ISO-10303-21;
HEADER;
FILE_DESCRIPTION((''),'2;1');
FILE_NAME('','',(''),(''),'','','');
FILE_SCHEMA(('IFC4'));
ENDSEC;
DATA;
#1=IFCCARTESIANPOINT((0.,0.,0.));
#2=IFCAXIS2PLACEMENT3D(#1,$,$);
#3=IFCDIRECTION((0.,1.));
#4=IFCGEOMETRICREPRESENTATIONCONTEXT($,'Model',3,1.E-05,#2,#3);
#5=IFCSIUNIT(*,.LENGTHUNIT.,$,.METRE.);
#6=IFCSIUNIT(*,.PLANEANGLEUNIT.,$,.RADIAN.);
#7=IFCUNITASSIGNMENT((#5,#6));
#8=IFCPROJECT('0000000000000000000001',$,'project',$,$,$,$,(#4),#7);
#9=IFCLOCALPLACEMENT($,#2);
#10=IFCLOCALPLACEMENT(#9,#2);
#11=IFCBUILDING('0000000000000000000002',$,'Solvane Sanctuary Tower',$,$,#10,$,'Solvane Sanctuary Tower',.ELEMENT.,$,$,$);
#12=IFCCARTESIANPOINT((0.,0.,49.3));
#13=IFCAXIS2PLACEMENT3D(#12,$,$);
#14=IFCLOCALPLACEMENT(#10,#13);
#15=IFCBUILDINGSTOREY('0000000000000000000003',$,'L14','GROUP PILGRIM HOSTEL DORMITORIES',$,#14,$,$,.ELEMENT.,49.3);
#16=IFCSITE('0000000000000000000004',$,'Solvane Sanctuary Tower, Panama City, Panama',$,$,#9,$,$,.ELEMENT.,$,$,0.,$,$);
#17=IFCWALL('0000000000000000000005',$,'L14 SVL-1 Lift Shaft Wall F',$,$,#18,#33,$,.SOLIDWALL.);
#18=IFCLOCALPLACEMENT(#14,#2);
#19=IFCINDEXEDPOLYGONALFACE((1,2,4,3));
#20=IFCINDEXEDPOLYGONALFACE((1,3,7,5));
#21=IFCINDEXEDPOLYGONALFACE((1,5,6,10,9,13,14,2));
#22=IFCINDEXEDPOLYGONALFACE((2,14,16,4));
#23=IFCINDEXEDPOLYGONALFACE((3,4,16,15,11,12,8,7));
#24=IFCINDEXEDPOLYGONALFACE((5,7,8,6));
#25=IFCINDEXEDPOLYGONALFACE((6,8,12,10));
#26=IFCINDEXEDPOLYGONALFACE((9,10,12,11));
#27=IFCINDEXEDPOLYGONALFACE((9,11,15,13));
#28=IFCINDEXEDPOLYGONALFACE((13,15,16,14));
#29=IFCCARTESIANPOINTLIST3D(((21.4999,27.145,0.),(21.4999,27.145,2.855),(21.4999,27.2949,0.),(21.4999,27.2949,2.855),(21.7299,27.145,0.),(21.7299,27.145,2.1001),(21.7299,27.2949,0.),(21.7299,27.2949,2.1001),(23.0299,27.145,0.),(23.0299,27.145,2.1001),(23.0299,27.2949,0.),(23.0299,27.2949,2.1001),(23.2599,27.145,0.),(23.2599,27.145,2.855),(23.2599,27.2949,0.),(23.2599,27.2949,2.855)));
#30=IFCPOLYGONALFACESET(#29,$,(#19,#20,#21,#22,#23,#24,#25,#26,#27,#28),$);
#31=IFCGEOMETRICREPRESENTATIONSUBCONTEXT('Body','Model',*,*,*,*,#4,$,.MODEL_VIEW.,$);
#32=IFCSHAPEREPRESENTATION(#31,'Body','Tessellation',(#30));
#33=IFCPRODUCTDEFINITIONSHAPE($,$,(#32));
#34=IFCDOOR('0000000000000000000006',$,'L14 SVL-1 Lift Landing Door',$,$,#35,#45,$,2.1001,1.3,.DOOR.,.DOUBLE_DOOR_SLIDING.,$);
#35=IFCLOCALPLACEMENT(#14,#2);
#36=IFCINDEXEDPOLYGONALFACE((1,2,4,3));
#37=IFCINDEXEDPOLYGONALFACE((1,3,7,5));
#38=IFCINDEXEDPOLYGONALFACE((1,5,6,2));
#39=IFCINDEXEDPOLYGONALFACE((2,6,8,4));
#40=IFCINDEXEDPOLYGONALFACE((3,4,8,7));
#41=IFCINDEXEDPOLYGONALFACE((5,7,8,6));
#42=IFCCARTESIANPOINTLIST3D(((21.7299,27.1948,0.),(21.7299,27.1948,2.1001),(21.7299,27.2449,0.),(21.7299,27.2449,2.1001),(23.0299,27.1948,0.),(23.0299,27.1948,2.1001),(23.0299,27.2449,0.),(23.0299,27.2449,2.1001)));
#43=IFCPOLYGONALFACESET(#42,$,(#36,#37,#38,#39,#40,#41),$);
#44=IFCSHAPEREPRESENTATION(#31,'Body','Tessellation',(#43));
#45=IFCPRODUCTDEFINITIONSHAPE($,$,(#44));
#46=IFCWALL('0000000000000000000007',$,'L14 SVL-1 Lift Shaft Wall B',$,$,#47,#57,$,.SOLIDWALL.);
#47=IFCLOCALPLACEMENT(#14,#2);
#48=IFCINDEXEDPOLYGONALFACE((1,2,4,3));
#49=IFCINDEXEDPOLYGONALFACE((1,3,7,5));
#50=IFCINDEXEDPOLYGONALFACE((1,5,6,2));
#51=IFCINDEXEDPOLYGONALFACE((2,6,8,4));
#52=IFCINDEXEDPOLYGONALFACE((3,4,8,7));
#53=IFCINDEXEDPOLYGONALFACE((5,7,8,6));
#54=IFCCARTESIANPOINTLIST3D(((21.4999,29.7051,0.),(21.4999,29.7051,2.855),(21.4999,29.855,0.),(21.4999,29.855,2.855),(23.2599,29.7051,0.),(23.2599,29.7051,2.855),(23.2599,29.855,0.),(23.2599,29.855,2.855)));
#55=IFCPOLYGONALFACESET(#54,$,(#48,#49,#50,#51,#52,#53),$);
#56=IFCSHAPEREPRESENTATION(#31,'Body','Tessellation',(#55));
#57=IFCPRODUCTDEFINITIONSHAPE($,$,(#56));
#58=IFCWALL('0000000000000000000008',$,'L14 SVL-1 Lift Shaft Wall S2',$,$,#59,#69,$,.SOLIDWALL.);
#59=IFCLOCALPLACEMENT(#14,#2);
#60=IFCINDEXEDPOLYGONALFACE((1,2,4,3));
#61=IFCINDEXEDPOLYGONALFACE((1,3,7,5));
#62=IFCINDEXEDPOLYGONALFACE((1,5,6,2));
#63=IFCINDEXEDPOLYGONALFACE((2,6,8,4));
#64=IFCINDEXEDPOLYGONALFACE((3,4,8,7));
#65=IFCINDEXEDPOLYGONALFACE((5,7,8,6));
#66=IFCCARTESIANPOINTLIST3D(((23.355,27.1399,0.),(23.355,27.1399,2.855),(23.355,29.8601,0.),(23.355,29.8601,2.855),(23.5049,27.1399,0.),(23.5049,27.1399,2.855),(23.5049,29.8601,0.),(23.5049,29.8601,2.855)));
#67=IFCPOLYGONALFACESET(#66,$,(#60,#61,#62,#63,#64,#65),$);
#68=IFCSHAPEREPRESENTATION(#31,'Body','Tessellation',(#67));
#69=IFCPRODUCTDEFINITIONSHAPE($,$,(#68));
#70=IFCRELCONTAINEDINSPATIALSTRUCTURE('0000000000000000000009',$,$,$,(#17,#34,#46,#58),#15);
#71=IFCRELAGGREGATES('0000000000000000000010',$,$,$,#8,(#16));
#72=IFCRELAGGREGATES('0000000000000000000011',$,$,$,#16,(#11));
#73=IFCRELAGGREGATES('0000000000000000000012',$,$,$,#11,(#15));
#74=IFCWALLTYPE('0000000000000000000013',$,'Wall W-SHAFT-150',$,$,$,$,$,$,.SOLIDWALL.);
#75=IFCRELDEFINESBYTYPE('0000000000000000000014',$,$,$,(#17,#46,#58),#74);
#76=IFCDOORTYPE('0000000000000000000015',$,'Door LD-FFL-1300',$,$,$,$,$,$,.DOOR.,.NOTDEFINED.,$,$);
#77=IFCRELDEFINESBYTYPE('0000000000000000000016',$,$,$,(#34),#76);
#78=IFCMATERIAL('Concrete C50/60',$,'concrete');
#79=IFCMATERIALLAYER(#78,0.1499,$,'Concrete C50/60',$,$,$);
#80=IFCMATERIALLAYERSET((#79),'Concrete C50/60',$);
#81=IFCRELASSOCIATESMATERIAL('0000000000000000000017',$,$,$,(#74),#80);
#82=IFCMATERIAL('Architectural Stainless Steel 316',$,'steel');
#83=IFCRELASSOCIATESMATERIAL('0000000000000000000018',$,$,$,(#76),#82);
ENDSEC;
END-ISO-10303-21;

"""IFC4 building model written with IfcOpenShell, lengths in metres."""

from ifc_helpers import new_model, si_unit, direction, frame, frame_2d, origin, place, context, subcontext, project, spatial, rectangle, extrude, material, layer, layer_set, type_object, element, fill, save


model = new_model("IFC4")

# Units and contexts
model_context = context("Model", 3, precision=1e-05, world=origin(), true_north=direction((0.0, 1.0)))
body_context = subcontext(model_context, "Body", "Model", "MODEL_VIEW")
ifc_project = project(units=[si_unit("LENGTHUNIT", "METRE"), si_unit("PLANEANGLEUNIT", "RADIAN")], contexts=[model_context])

# Site, building, storey
site_placement = place(None, origin())
site = spatial("IfcSite", under=ifc_project, at=site_placement, Name="Solvane Sanctuary Tower, Panama City, Panama", CompositionType="ELEMENT", RefElevation=0.0)
building_placement = place(site_placement, origin())
building = spatial("IfcBuilding", under=site, at=building_placement, Name="Solvane Sanctuary Tower", LongName="Solvane Sanctuary Tower", CompositionType="ELEMENT")
storey_placement = place(building_placement, frame((0.0, 0.0, 49.3)))
storey = spatial("IfcBuildingStorey", under=building, at=storey_placement, Name="L14", Description="GROUP PILGRIM HOSTEL DORMITORIES", CompositionType="ELEMENT", Elevation=49.3)

# Shared definitions
ifc_material_1 = material(Name="Architectural Stainless Steel 316", Category="steel")

# Shared definitions
ifc_material_2 = material(Name="Concrete C50/60", Category="concrete")
ifc_layer_1 = layer(ifc_material_2, 0.1499, Name="Concrete C50/60")
ifc_layer_set_1 = layer_set([ifc_layer_1], Name="Concrete C50/60")
wall_type_1 = type_object("IfcWallType", Name="Wall W-SHAFT-150", PredefinedType="SOLIDWALL", material=ifc_layer_set_1)

# Shared definitions
door_type_1 = type_object("IfcDoorType", Name="Door LD-FFL-1300", OperationType="NOTDEFINED", PredefinedType="DOOR", material=ifc_material_1)

# Wall, opening, door
wall_1_placement = place(storey_placement, frame((21.5, 27.22, 0.0), z_axis=(0.0, 0.0, 1.0), x_axis=(1.0, 0.0, 0.0)))
wall_1 = element("IfcWall", 1, at=wall_1_placement, inside=storey, type_object=wall_type_1, Name="L14 SVL-1 Lift Shaft Wall F", PredefinedType="SOLIDWALL", context=body_context, shape_type="SweptSolid", body=[
    extrude(rectangle(XDim=1.76, YDim=0.1499, at=frame_2d((0.8799, 0.0))), origin(), (0.0, 0.0, 1.0), 2.855),
])
opening_1_placement = place(wall_1_placement, frame((0.23, 0.0, 0.0)))
opening_1 = element("IfcOpeningElement", 2, at=opening_1_placement, cuts=wall_1, PredefinedType="OPENING", context=body_context, shape_type="SweptSolid", body=[
    extrude(rectangle(XDim=1.3, YDim=2.1001, at=frame_2d((0.6499, 1.05))), frame((0.0, 0.085, 0.0), z_axis=(0.0, -1.0, 0.0), x_axis=(1.0, 0.0, 0.0)), (0.0, 0.0, 1.0), 0.1699),
])
door_1_placement = place(opening_1_placement, origin())
door_1 = element("IfcDoor", 3, at=door_1_placement, inside=storey, type_object=door_type_1, Name="L14 SVL-1 Lift Landing Door", OperationType="DOUBLE_DOOR_SLIDING", OverallHeight=2.1001, OverallWidth=1.3, PredefinedType="DOOR", context=body_context, shape_type="SweptSolid", body=[
    extrude(rectangle(XDim=1.3, YDim=2.1001, at=frame_2d((0.6499, 1.05))), frame((0.0, 0.0249, 0.0), z_axis=(0.0, -1.0, 0.0), x_axis=(1.0, 0.0, 0.0)), (0.0, 0.0, 1.0), 0.05),
])
fill(opening_1, door_1)

# Walls
wall_2_placement = place(storey_placement, frame((21.5, 29.78, 0.0), z_axis=(0.0, 0.0, 1.0), x_axis=(1.0, 0.0, 0.0)))
element("IfcWall", 4, at=wall_2_placement, inside=storey, type_object=wall_type_1, Name="L14 SVL-1 Lift Shaft Wall B", PredefinedType="SOLIDWALL", context=body_context, shape_type="SweptSolid", body=[
    extrude(rectangle(XDim=1.76, YDim=0.1499, at=frame_2d((0.8799, 0.0))), origin(), (0.0, 0.0, 1.0), 2.855),
])
wall_3_placement = place(storey_placement, frame((23.4299, 27.1399, 0.0), z_axis=(0.0, 0.0, 1.0), x_axis=(0.0, 1.0, 0.0)))
element("IfcWall", 5, at=wall_3_placement, inside=storey, type_object=wall_type_1, Name="L14 SVL-1 Lift Shaft Wall S2", PredefinedType="SOLIDWALL", context=body_context, shape_type="SweptSolid", body=[
    extrude(rectangle(XDim=2.7202, YDim=0.1499, at=frame_2d((1.3601, 0.0))), origin(), (0.0, 0.0, 1.0), 2.855),
])

save(model, "model.ifc")
